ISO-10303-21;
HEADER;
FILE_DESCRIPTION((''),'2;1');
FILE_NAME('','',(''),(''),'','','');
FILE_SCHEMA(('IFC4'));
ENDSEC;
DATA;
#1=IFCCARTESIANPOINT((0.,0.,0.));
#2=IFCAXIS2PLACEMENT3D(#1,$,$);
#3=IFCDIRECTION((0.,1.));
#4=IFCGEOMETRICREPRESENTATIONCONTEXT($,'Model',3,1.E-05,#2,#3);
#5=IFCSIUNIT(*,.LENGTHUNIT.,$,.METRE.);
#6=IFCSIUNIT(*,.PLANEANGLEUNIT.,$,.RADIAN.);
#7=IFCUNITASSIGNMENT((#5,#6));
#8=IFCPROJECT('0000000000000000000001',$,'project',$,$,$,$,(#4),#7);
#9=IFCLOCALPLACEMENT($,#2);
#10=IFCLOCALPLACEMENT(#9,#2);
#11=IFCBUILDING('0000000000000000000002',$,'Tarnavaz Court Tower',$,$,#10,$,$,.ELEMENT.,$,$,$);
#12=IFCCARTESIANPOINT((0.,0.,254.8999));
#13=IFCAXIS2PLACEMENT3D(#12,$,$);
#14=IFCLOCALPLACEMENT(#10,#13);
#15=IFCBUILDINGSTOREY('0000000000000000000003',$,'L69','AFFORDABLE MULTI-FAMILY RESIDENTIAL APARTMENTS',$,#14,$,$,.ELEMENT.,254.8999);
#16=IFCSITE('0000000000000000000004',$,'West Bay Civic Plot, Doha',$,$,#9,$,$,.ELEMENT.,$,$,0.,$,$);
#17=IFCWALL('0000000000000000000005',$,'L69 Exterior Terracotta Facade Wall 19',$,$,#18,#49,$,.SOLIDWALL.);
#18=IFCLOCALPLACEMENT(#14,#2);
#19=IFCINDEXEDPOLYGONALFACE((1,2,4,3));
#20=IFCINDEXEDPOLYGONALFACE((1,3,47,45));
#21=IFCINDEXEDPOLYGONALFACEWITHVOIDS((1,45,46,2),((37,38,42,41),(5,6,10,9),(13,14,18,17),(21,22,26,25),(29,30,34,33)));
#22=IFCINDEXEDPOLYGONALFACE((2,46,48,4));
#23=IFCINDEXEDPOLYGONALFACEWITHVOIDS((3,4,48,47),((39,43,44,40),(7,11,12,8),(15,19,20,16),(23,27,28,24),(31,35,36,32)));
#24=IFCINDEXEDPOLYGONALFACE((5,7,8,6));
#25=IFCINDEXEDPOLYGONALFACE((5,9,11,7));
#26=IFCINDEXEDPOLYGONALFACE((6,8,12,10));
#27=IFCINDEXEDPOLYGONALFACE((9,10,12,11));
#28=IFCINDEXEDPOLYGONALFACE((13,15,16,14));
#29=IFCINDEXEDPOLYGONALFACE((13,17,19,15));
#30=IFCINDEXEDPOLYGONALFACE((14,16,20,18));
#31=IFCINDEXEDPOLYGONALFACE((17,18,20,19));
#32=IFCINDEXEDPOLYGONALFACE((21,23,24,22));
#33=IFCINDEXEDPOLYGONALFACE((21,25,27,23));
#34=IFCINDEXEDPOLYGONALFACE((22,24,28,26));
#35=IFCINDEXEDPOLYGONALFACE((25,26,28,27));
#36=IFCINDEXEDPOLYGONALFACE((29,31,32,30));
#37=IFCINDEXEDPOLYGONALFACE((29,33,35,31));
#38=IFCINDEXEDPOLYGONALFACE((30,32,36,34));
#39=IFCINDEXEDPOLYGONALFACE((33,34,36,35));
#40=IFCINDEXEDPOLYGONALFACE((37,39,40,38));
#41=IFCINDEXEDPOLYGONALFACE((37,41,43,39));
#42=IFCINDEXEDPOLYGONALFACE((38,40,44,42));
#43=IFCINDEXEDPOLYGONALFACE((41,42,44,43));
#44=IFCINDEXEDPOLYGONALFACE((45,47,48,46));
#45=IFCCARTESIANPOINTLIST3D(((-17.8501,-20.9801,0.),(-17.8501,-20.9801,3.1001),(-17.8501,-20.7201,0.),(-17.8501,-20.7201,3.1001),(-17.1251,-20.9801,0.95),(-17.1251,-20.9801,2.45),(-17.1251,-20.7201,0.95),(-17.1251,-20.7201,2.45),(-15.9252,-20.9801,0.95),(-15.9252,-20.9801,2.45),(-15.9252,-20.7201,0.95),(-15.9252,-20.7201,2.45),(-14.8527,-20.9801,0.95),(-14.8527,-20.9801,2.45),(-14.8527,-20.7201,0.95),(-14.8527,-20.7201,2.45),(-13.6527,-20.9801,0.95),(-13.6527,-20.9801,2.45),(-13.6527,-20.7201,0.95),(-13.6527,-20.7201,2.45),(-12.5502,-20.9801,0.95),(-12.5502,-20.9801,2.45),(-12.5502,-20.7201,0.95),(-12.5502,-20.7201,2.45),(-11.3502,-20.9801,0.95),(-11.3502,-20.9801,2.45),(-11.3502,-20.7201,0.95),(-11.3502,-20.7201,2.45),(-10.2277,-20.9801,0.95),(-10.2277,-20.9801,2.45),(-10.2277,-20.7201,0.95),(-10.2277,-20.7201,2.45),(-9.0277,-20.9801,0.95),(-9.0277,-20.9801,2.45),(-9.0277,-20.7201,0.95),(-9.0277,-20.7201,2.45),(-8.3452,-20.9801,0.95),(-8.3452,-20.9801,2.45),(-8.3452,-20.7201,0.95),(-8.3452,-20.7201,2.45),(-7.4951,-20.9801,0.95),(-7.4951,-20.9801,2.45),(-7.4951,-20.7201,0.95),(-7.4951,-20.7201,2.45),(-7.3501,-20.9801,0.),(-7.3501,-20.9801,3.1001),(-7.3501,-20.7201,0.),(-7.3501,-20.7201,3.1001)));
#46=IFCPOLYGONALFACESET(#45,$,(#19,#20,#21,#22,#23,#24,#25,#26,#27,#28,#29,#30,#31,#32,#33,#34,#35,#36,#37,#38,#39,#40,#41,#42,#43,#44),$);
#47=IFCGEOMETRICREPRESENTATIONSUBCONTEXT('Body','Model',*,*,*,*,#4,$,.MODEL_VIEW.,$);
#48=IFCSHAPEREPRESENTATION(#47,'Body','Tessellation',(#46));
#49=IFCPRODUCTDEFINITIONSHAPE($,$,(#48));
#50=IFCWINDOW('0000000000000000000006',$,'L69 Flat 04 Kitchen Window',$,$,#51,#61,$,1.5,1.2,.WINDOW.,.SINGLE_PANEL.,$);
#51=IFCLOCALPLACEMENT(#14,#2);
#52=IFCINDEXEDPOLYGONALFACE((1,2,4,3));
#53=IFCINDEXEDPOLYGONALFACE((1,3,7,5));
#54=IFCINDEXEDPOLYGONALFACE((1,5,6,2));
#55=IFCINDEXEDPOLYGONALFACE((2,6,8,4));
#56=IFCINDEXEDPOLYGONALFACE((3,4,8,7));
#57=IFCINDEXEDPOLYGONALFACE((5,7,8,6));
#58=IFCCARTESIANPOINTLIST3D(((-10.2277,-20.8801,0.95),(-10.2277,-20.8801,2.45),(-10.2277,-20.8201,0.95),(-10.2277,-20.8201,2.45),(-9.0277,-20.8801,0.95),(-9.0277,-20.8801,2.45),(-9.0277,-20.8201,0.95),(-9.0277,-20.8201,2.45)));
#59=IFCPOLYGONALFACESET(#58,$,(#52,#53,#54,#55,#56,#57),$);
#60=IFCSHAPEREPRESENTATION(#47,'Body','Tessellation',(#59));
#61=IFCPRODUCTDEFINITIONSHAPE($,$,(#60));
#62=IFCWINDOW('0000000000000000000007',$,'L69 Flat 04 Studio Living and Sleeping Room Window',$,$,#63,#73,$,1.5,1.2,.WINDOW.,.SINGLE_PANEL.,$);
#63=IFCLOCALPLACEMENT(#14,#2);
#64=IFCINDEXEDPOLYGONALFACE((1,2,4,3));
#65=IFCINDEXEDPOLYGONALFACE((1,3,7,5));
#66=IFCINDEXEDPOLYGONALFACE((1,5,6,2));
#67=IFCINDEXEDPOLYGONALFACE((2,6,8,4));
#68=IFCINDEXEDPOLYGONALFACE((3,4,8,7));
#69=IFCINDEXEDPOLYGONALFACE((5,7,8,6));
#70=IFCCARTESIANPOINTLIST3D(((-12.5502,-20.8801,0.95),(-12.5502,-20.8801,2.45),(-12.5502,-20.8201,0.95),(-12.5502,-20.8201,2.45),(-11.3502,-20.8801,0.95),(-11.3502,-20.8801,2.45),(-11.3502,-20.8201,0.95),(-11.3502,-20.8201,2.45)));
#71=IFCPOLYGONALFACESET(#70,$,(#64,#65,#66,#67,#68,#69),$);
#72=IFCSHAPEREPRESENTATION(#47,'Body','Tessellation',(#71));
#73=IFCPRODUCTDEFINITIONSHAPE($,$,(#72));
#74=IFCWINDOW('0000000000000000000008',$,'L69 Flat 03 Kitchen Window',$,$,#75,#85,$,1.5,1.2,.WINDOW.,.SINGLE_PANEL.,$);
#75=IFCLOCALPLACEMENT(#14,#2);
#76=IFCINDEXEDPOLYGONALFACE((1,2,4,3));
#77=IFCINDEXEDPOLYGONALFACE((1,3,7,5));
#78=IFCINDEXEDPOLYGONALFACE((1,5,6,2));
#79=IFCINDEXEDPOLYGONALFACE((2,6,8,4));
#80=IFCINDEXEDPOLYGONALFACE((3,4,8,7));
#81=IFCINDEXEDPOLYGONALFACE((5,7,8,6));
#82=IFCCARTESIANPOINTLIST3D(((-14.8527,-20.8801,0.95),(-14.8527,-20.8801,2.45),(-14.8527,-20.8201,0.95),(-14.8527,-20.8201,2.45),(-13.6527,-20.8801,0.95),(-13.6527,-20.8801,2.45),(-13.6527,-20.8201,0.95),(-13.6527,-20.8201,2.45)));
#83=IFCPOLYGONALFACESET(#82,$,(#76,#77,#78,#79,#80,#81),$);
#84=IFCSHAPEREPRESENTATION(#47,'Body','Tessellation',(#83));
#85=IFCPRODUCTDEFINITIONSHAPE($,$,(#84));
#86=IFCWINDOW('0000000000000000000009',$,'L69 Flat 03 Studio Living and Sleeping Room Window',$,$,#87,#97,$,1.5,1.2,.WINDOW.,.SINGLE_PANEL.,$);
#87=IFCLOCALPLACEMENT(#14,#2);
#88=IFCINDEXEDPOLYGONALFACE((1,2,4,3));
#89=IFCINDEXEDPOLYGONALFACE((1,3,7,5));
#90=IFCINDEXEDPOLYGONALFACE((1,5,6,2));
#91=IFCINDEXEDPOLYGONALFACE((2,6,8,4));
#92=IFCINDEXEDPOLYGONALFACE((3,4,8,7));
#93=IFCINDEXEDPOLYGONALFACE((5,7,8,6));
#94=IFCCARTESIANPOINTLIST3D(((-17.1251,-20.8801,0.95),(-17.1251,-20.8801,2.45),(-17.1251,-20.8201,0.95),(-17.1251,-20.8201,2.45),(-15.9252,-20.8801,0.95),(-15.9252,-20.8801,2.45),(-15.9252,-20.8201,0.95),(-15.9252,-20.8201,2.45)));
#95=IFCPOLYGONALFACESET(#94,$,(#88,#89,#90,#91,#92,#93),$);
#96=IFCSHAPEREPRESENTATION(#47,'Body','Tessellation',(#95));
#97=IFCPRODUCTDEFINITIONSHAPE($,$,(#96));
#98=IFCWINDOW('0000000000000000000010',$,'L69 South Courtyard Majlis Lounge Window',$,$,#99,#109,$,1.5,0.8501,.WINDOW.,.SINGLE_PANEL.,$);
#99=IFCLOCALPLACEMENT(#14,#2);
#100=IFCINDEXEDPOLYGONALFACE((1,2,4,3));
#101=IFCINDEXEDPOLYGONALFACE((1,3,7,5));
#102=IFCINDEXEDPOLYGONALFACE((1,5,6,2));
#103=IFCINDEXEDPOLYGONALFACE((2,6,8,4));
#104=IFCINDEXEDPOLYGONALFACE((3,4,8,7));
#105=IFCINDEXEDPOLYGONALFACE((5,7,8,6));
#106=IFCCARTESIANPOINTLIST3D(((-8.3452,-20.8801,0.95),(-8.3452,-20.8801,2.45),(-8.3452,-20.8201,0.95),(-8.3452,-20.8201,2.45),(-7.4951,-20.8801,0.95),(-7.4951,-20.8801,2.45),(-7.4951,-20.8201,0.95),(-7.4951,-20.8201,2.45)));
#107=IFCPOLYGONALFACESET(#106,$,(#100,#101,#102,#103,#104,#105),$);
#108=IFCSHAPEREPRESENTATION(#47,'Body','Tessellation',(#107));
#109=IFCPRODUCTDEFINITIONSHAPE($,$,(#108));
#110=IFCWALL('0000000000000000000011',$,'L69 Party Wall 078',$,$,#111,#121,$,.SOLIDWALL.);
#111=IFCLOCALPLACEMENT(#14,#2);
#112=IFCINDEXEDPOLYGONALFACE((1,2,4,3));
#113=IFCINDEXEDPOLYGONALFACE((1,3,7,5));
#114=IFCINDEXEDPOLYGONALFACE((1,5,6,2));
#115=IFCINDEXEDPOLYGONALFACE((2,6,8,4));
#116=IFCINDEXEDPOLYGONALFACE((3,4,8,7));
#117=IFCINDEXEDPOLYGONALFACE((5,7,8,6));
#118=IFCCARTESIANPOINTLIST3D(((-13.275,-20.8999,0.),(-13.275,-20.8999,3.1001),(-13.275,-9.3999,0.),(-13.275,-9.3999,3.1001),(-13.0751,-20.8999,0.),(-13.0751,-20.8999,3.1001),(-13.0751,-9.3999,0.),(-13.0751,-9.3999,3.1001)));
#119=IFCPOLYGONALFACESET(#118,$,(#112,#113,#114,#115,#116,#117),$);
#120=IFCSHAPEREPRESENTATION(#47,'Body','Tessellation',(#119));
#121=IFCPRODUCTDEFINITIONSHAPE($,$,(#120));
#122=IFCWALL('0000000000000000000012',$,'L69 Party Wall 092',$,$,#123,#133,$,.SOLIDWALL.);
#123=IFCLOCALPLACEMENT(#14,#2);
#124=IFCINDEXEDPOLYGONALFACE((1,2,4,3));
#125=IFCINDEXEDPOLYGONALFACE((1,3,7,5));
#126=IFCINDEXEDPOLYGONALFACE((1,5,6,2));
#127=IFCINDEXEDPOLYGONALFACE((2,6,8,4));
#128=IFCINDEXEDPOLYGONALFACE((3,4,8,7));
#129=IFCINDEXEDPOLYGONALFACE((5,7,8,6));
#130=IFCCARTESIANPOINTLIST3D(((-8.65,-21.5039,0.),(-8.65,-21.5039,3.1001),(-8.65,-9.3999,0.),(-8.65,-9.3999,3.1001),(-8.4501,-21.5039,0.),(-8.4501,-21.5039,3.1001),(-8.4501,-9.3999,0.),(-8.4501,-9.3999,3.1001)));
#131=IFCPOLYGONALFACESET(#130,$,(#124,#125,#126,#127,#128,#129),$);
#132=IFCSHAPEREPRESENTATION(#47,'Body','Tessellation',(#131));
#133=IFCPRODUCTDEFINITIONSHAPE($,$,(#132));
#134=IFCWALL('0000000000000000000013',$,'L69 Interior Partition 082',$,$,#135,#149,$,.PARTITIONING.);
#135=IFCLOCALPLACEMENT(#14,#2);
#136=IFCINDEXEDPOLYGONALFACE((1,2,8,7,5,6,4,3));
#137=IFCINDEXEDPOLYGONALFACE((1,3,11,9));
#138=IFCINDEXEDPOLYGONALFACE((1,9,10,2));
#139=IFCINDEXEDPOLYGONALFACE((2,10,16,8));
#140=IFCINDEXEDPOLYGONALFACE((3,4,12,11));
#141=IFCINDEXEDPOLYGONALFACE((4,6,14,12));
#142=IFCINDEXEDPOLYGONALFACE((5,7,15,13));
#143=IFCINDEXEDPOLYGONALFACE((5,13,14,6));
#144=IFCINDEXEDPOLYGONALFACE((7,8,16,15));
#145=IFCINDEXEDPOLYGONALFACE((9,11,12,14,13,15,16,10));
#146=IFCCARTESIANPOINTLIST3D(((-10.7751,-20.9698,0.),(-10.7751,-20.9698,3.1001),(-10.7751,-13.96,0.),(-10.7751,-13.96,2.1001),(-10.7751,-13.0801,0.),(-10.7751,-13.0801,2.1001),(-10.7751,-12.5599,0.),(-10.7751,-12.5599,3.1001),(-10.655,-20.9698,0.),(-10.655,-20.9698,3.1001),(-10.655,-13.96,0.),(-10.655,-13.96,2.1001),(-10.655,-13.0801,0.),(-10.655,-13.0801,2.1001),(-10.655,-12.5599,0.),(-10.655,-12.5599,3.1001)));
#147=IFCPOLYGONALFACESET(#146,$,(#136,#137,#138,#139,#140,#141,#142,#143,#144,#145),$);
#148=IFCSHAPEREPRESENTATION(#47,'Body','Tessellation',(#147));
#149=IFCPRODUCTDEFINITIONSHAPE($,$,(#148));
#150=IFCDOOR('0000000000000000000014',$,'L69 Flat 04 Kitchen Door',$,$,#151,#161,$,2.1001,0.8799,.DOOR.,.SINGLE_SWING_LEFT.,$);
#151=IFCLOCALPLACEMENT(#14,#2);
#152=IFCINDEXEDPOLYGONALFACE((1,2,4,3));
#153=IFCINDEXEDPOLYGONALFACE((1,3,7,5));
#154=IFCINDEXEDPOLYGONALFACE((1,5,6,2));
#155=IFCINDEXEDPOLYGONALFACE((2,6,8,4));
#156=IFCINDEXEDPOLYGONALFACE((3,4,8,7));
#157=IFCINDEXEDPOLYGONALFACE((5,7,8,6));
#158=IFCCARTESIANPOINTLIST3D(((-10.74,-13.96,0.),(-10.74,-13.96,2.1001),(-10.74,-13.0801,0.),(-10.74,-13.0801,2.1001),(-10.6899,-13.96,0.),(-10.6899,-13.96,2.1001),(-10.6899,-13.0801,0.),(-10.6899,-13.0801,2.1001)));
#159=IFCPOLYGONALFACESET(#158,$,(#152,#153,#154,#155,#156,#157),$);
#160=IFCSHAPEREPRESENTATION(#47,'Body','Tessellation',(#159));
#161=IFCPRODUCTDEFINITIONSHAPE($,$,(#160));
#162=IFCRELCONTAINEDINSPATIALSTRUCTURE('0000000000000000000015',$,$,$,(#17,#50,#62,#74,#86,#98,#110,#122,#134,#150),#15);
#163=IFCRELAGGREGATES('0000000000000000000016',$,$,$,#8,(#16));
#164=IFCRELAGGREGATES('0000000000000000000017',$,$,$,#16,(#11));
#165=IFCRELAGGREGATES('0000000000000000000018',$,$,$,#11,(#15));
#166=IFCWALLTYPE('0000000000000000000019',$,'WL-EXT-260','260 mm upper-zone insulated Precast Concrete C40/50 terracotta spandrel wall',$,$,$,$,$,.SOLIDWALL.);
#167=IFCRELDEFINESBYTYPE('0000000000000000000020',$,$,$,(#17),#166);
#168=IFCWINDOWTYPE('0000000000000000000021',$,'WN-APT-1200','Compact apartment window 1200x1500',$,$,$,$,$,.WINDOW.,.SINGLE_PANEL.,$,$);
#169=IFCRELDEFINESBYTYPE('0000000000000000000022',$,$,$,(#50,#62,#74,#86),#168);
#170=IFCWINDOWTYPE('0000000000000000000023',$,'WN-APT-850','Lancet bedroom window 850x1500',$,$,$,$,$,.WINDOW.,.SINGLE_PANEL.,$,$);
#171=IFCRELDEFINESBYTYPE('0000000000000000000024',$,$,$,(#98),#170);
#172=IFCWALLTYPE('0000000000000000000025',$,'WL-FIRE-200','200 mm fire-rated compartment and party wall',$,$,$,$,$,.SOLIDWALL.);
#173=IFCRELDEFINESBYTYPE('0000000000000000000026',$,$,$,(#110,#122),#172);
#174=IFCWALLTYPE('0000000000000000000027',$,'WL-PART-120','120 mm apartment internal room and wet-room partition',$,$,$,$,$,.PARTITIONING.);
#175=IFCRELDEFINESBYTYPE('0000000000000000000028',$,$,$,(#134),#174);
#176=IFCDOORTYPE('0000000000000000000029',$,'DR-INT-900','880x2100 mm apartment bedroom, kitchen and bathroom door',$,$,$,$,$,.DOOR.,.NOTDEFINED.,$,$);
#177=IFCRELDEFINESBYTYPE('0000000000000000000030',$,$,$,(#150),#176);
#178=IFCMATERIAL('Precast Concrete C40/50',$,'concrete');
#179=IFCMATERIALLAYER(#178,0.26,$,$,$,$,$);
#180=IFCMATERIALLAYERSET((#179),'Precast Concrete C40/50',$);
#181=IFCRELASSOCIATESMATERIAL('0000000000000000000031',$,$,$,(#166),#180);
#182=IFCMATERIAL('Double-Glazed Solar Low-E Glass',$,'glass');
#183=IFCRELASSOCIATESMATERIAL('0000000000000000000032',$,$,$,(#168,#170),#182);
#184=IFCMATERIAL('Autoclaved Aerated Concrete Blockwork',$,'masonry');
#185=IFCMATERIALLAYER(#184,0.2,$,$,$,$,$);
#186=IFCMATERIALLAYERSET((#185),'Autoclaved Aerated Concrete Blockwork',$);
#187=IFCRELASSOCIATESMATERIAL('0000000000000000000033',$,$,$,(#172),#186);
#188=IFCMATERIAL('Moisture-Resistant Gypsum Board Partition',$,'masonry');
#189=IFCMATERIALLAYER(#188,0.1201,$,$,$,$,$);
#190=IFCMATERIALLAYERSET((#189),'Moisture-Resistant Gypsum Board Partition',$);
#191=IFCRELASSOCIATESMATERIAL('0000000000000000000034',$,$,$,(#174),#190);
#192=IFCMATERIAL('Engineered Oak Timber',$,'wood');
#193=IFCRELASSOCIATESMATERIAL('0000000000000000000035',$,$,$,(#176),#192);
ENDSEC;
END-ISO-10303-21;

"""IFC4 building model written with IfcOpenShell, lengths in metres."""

from ifc_helpers import new_model, si_unit, direction, frame, frame_2d, origin, place, context, subcontext, project, spatial, rectangle, extrude, material, layer, layer_set, type_object, element, fill, save


model = new_model("IFC4")

# Units and contexts
model_context = context("Model", 3, precision=1e-05, world=origin(), true_north=direction((0.0, 1.0)))
body_context = subcontext(model_context, "Body", "Model", "MODEL_VIEW")
ifc_project = project(units=[si_unit("LENGTHUNIT", "METRE"), si_unit("PLANEANGLEUNIT", "RADIAN")], contexts=[model_context])

# Site, building, storey
site_placement = place(None, origin())
site = spatial("IfcSite", under=ifc_project, at=site_placement, Name="West Bay Civic Plot, Doha", CompositionType="ELEMENT", RefElevation=0.0)
building_placement = place(site_placement, origin())
building = spatial("IfcBuilding", under=site, at=building_placement, Name="Tarnavaz Court Tower", CompositionType="ELEMENT")
storey_placement = place(building_placement, frame((0.0, 0.0, 254.8999)))
storey = spatial("IfcBuildingStorey", under=building, at=storey_placement, Name="L69", Description="AFFORDABLE MULTI-FAMILY RESIDENTIAL APARTMENTS", CompositionType="ELEMENT", Elevation=254.8999)

# Shared definitions
ifc_material_1 = material(Name="Double-Glazed Solar Low-E Glass", Category="glass")

# Shared definitions
ifc_material_2 = material(Name="Precast Concrete C40/50", Category="concrete")
ifc_layer_1 = layer(ifc_material_2, 0.26)
ifc_layer_set_1 = layer_set([ifc_layer_1], Name="Precast Concrete C40/50")
wall_type_1 = type_object("IfcWallType", Name="WL-EXT-260", Description="260 mm upper-zone insulated Precast Concrete C40/50 terracotta spandrel wall", PredefinedType="SOLIDWALL", material=ifc_layer_set_1)
window_type_1 = type_object("IfcWindowType", Name="WN-APT-1200", Description="Compact apartment window 1200x1500", PartitioningType="SINGLE_PANEL", PredefinedType="WINDOW", material=ifc_material_1)

# Wall, openings, windows
wall_1_placement = place(storey_placement, frame((-7.3501, -20.8501, 0.0), z_axis=(0.0, 0.0, 1.0), x_axis=(-1.0, 0.0, 0.0)))
wall_1 = element("IfcWall", 1, at=wall_1_placement, inside=storey, type_object=wall_type_1, Name="L69 Exterior Terracotta Facade Wall 19", PredefinedType="SOLIDWALL", context=body_context, shape_type="SweptSolid", body=[
    extrude(rectangle(XDim=10.5, YDim=0.26, at=frame_2d((5.25, 0.0))), origin(), (0.0, 0.0, 1.0), 3.1001),
])
opening_1_placement = place(wall_1_placement, frame((0.145, 0.0, 0.95)))
opening_1 = element("IfcOpeningElement", 2, at=opening_1_placement, cuts=wall_1, PredefinedType="OPENING", context=body_context, shape_type="SweptSolid", body=[
    extrude(rectangle(XDim=0.8501, YDim=1.5, at=frame_2d((0.425, 0.75))), frame((0.0, 0.1399, 0.0), z_axis=(0.0, -1.0, 0.0), x_axis=(1.0, 0.0, 0.0)), (0.0, 0.0, 1.0), 0.28),
])
opening_2_placement = place(wall_1_placement, frame((1.6775, 0.0, 0.95)))
opening_2 = element("IfcOpeningElement", 3, at=opening_2_placement, cuts=wall_1, PredefinedType="OPENING", context=body_context, shape_type="SweptSolid", body=[
    extrude(rectangle(XDim=1.2, YDim=1.5, at=frame_2d((0.6001, 0.75))), frame((0.0, 0.1399, 0.0), z_axis=(0.0, -1.0, 0.0), x_axis=(1.0, 0.0, 0.0)), (0.0, 0.0, 1.0), 0.28),
])
opening_3_placement = place(wall_1_placement, frame((4.0, 0.0, 0.95)))
opening_3 = element("IfcOpeningElement", 4, at=opening_3_placement, cuts=wall_1, PredefinedType="OPENING", context=body_context, shape_type="SweptSolid", body=[
    extrude(rectangle(XDim=1.2, YDim=1.5, at=frame_2d((0.6001, 0.75))), frame((0.0, 0.1399, 0.0), z_axis=(0.0, -1.0, 0.0), x_axis=(1.0, 0.0, 0.0)), (0.0, 0.0, 1.0), 0.28),
])
opening_4_placement = place(wall_1_placement, frame((6.3025, 0.0, 0.95)))
opening_4 = element("IfcOpeningElement", 5, at=opening_4_placement, cuts=wall_1, PredefinedType="OPENING", context=body_context, shape_type="SweptSolid", body=[
    extrude(rectangle(XDim=1.2, YDim=1.5, at=frame_2d((0.6001, 0.75))), frame((0.0, 0.1399, 0.0), z_axis=(0.0, -1.0, 0.0), x_axis=(1.0, 0.0, 0.0)), (0.0, 0.0, 1.0), 0.28),
])
opening_5_placement = place(wall_1_placement, frame((8.575, 0.0, 0.95)))
opening_5 = element("IfcOpeningElement", 6, at=opening_5_placement, cuts=wall_1, PredefinedType="OPENING", context=body_context, shape_type="SweptSolid", body=[
    extrude(rectangle(XDim=1.2, YDim=1.5, at=frame_2d((0.6001, 0.75))), frame((0.0, 0.1399, 0.0), z_axis=(0.0, -1.0, 0.0), x_axis=(1.0, 0.0, 0.0)), (0.0, 0.0, 1.0), 0.28),
])
window_1_placement = place(opening_2_placement, origin())
window_1 = element("IfcWindow", 7, at=window_1_placement, inside=storey, type_object=window_type_1, Name="L69 Flat 04 Kitchen Window", OverallHeight=1.5, OverallWidth=1.2, PartitioningType="SINGLE_PANEL", PredefinedType="WINDOW", context=body_context, shape_type="SweptSolid", body=[
    extrude(rectangle(XDim=1.2, YDim=1.5, at=frame_2d((0.6001, 0.75))), frame((0.0, 0.03, 0.0), z_axis=(0.0, -1.0, 0.0), x_axis=(1.0, 0.0, 0.0)), (0.0, 0.0, 1.0), 0.0601),
])
fill(opening_2, window_1)
window_2_placement = place(opening_3_placement, origin())
window_2 = element("IfcWindow", 8, at=window_2_placement, inside=storey, type_object=window_type_1, Name="L69 Flat 04 Studio Living and Sleeping Room Window", OverallHeight=1.5, OverallWidth=1.2, PartitioningType="SINGLE_PANEL", PredefinedType="WINDOW", context=body_context, shape_type="SweptSolid", body=[
    extrude(rectangle(XDim=1.2, YDim=1.5, at=frame_2d((0.6001, 0.75))), frame((0.0, 0.03, 0.0), z_axis=(0.0, -1.0, 0.0), x_axis=(1.0, 0.0, 0.0)), (0.0, 0.0, 1.0), 0.0601),
])
fill(opening_3, window_2)
window_3_placement = place(opening_4_placement, origin())
window_3 = element("IfcWindow", 9, at=window_3_placement, inside=storey, type_object=window_type_1, Name="L69 Flat 03 Kitchen Window", OverallHeight=1.5, OverallWidth=1.2, PartitioningType="SINGLE_PANEL", PredefinedType="WINDOW", context=body_context, shape_type="SweptSolid", body=[
    extrude(rectangle(XDim=1.2, YDim=1.5, at=frame_2d((0.6001, 0.75))), frame((0.0, 0.03, 0.0), z_axis=(0.0, -1.0, 0.0), x_axis=(1.0, 0.0, 0.0)), (0.0, 0.0, 1.0), 0.0601),
])
fill(opening_4, window_3)
window_4_placement = place(opening_5_placement, origin())
window_4 = element("IfcWindow", 10, at=window_4_placement, inside=storey, type_object=window_type_1, Name="L69 Flat 03 Studio Living and Sleeping Room Window", OverallHeight=1.5, OverallWidth=1.2, PartitioningType="SINGLE_PANEL", PredefinedType="WINDOW", context=body_context, shape_type="SweptSolid", body=[
    extrude(rectangle(XDim=1.2, YDim=1.5, at=frame_2d((0.6001, 0.75))), frame((0.0, 0.03, 0.0), z_axis=(0.0, -1.0, 0.0), x_axis=(1.0, 0.0, 0.0)), (0.0, 0.0, 1.0), 0.0601),
])
fill(opening_5, window_4)
window_type_2 = type_object("IfcWindowType", Name="WN-APT-850", Description="Lancet bedroom window 850x1500", PartitioningType="SINGLE_PANEL", PredefinedType="WINDOW", material=ifc_material_1)
window_5_placement = place(opening_1_placement, origin())
window_5 = element("IfcWindow", 11, at=window_5_placement, inside=storey, type_object=window_type_2, Name="L69 South Courtyard Majlis Lounge Window", OverallHeight=1.5, OverallWidth=0.8501, PartitioningType="SINGLE_PANEL", PredefinedType="WINDOW", context=body_context, shape_type="SweptSolid", body=[
    extrude(rectangle(XDim=0.8501, YDim=1.5, at=frame_2d((0.425, 0.75))), frame((0.0, 0.03, 0.0), z_axis=(0.0, -1.0, 0.0), x_axis=(1.0, 0.0, 0.0)), (0.0, 0.0, 1.0), 0.0601),
])
fill(opening_1, window_5)

# Walls
ifc_material_3 = material(Name="Autoclaved Aerated Concrete Blockwork", Category="masonry")
ifc_layer_2 = layer(ifc_material_3, 0.2)
ifc_layer_set_2 = layer_set([ifc_layer_2], Name="Autoclaved Aerated Concrete Blockwork")
wall_type_2 = type_object("IfcWallType", Name="WL-FIRE-200", Description="200 mm fire-rated compartment and party wall", PredefinedType="SOLIDWALL", material=ifc_layer_set_2)
wall_2_placement = place(storey_placement, frame((-13.175, -20.8999, 0.0), z_axis=(0.0, 0.0, 1.0), x_axis=(0.0, 1.0, 0.0)))
element("IfcWall", 12, at=wall_2_placement, inside=storey, type_object=wall_type_2, Name="L69 Party Wall 078", PredefinedType="SOLIDWALL", context=body_context, shape_type="SweptSolid", body=[
    extrude(rectangle(XDim=11.5, YDim=0.2, at=frame_2d((5.75, 0.0))), origin(), (0.0, 0.0, 1.0), 3.1001),
])
wall_3_placement = place(storey_placement, frame((-8.55, -21.5039, 0.0), z_axis=(0.0, 0.0, 1.0), x_axis=(0.0, 1.0, 0.0)))
element("IfcWall", 13, at=wall_3_placement, inside=storey, type_object=wall_type_2, Name="L69 Party Wall 092", PredefinedType="SOLIDWALL", context=body_context, shape_type="SweptSolid", body=[
    extrude(rectangle(XDim=12.104, YDim=0.2, at=frame_2d((6.052, 0.0))), origin(), (0.0, 0.0, 1.0), 3.1001),
])

# Wall, opening, door
ifc_material_4 = material(Name="Moisture-Resistant Gypsum Board Partition", Category="masonry")
ifc_layer_3 = layer(ifc_material_4, 0.1201)
ifc_layer_set_3 = layer_set([ifc_layer_3], Name="Moisture-Resistant Gypsum Board Partition")
wall_type_3 = type_object("IfcWallType", Name="WL-PART-120", Description="120 mm apartment internal room and wet-room partition", PredefinedType="PARTITIONING", material=ifc_layer_set_3)
wall_4_placement = place(storey_placement, frame((-10.7151, -20.97, 0.0), z_axis=(0.0, 0.0, 1.0), x_axis=(0.0, 1.0, 0.0)))
wall_4 = element("IfcWall", 14, at=wall_4_placement, inside=storey, type_object=wall_type_3, Name="L69 Interior Partition 082", PredefinedType="PARTITIONING", context=body_context, shape_type="SweptSolid", body=[
    extrude(rectangle(XDim=8.4099, YDim=0.1201, at=frame_2d((4.2051, 0.0))), origin(), (0.0, 0.0, 1.0), 3.1001),
])
opening_6_placement = place(wall_4_placement, frame((7.01, 0.0, 0.0)))
opening_6 = element("IfcOpeningElement", 15, at=opening_6_placement, cuts=wall_4, PredefinedType="OPENING", context=body_context, shape_type="SweptSolid", body=[
    extrude(rectangle(XDim=0.8799, YDim=2.1001, at=frame_2d((0.4399, 1.05))), frame((0.0, 0.0701, 0.0), z_axis=(0.0, -1.0, 0.0), x_axis=(1.0, 0.0, 0.0)), (0.0, 0.0, 1.0), 0.1401),
])
ifc_material_5 = material(Name="Engineered Oak Timber", Category="wood")
door_type = type_object("IfcDoorType", Name="DR-INT-900", Description="880x2100 mm apartment bedroom, kitchen and bathroom door", OperationType="NOTDEFINED", PredefinedType="DOOR", material=ifc_material_5)
door_placement = place(opening_6_placement, origin())
door = element("IfcDoor", 16, at=door_placement, inside=storey, type_object=door_type, Name="L69 Flat 04 Kitchen Door", OperationType="SINGLE_SWING_LEFT", OverallHeight=2.1001, OverallWidth=0.8799, PredefinedType="DOOR", context=body_context, shape_type="SweptSolid", body=[
    extrude(rectangle(XDim=0.8799, YDim=2.1001, at=frame_2d((0.4399, 1.05))), frame((0.0, 0.0249, 0.0), z_axis=(0.0, -1.0, 0.0), x_axis=(1.0, 0.0, 0.0)), (0.0, 0.0, 1.0), 0.05),
])
fill(opening_6, door)

save(model, "model.ifc")
